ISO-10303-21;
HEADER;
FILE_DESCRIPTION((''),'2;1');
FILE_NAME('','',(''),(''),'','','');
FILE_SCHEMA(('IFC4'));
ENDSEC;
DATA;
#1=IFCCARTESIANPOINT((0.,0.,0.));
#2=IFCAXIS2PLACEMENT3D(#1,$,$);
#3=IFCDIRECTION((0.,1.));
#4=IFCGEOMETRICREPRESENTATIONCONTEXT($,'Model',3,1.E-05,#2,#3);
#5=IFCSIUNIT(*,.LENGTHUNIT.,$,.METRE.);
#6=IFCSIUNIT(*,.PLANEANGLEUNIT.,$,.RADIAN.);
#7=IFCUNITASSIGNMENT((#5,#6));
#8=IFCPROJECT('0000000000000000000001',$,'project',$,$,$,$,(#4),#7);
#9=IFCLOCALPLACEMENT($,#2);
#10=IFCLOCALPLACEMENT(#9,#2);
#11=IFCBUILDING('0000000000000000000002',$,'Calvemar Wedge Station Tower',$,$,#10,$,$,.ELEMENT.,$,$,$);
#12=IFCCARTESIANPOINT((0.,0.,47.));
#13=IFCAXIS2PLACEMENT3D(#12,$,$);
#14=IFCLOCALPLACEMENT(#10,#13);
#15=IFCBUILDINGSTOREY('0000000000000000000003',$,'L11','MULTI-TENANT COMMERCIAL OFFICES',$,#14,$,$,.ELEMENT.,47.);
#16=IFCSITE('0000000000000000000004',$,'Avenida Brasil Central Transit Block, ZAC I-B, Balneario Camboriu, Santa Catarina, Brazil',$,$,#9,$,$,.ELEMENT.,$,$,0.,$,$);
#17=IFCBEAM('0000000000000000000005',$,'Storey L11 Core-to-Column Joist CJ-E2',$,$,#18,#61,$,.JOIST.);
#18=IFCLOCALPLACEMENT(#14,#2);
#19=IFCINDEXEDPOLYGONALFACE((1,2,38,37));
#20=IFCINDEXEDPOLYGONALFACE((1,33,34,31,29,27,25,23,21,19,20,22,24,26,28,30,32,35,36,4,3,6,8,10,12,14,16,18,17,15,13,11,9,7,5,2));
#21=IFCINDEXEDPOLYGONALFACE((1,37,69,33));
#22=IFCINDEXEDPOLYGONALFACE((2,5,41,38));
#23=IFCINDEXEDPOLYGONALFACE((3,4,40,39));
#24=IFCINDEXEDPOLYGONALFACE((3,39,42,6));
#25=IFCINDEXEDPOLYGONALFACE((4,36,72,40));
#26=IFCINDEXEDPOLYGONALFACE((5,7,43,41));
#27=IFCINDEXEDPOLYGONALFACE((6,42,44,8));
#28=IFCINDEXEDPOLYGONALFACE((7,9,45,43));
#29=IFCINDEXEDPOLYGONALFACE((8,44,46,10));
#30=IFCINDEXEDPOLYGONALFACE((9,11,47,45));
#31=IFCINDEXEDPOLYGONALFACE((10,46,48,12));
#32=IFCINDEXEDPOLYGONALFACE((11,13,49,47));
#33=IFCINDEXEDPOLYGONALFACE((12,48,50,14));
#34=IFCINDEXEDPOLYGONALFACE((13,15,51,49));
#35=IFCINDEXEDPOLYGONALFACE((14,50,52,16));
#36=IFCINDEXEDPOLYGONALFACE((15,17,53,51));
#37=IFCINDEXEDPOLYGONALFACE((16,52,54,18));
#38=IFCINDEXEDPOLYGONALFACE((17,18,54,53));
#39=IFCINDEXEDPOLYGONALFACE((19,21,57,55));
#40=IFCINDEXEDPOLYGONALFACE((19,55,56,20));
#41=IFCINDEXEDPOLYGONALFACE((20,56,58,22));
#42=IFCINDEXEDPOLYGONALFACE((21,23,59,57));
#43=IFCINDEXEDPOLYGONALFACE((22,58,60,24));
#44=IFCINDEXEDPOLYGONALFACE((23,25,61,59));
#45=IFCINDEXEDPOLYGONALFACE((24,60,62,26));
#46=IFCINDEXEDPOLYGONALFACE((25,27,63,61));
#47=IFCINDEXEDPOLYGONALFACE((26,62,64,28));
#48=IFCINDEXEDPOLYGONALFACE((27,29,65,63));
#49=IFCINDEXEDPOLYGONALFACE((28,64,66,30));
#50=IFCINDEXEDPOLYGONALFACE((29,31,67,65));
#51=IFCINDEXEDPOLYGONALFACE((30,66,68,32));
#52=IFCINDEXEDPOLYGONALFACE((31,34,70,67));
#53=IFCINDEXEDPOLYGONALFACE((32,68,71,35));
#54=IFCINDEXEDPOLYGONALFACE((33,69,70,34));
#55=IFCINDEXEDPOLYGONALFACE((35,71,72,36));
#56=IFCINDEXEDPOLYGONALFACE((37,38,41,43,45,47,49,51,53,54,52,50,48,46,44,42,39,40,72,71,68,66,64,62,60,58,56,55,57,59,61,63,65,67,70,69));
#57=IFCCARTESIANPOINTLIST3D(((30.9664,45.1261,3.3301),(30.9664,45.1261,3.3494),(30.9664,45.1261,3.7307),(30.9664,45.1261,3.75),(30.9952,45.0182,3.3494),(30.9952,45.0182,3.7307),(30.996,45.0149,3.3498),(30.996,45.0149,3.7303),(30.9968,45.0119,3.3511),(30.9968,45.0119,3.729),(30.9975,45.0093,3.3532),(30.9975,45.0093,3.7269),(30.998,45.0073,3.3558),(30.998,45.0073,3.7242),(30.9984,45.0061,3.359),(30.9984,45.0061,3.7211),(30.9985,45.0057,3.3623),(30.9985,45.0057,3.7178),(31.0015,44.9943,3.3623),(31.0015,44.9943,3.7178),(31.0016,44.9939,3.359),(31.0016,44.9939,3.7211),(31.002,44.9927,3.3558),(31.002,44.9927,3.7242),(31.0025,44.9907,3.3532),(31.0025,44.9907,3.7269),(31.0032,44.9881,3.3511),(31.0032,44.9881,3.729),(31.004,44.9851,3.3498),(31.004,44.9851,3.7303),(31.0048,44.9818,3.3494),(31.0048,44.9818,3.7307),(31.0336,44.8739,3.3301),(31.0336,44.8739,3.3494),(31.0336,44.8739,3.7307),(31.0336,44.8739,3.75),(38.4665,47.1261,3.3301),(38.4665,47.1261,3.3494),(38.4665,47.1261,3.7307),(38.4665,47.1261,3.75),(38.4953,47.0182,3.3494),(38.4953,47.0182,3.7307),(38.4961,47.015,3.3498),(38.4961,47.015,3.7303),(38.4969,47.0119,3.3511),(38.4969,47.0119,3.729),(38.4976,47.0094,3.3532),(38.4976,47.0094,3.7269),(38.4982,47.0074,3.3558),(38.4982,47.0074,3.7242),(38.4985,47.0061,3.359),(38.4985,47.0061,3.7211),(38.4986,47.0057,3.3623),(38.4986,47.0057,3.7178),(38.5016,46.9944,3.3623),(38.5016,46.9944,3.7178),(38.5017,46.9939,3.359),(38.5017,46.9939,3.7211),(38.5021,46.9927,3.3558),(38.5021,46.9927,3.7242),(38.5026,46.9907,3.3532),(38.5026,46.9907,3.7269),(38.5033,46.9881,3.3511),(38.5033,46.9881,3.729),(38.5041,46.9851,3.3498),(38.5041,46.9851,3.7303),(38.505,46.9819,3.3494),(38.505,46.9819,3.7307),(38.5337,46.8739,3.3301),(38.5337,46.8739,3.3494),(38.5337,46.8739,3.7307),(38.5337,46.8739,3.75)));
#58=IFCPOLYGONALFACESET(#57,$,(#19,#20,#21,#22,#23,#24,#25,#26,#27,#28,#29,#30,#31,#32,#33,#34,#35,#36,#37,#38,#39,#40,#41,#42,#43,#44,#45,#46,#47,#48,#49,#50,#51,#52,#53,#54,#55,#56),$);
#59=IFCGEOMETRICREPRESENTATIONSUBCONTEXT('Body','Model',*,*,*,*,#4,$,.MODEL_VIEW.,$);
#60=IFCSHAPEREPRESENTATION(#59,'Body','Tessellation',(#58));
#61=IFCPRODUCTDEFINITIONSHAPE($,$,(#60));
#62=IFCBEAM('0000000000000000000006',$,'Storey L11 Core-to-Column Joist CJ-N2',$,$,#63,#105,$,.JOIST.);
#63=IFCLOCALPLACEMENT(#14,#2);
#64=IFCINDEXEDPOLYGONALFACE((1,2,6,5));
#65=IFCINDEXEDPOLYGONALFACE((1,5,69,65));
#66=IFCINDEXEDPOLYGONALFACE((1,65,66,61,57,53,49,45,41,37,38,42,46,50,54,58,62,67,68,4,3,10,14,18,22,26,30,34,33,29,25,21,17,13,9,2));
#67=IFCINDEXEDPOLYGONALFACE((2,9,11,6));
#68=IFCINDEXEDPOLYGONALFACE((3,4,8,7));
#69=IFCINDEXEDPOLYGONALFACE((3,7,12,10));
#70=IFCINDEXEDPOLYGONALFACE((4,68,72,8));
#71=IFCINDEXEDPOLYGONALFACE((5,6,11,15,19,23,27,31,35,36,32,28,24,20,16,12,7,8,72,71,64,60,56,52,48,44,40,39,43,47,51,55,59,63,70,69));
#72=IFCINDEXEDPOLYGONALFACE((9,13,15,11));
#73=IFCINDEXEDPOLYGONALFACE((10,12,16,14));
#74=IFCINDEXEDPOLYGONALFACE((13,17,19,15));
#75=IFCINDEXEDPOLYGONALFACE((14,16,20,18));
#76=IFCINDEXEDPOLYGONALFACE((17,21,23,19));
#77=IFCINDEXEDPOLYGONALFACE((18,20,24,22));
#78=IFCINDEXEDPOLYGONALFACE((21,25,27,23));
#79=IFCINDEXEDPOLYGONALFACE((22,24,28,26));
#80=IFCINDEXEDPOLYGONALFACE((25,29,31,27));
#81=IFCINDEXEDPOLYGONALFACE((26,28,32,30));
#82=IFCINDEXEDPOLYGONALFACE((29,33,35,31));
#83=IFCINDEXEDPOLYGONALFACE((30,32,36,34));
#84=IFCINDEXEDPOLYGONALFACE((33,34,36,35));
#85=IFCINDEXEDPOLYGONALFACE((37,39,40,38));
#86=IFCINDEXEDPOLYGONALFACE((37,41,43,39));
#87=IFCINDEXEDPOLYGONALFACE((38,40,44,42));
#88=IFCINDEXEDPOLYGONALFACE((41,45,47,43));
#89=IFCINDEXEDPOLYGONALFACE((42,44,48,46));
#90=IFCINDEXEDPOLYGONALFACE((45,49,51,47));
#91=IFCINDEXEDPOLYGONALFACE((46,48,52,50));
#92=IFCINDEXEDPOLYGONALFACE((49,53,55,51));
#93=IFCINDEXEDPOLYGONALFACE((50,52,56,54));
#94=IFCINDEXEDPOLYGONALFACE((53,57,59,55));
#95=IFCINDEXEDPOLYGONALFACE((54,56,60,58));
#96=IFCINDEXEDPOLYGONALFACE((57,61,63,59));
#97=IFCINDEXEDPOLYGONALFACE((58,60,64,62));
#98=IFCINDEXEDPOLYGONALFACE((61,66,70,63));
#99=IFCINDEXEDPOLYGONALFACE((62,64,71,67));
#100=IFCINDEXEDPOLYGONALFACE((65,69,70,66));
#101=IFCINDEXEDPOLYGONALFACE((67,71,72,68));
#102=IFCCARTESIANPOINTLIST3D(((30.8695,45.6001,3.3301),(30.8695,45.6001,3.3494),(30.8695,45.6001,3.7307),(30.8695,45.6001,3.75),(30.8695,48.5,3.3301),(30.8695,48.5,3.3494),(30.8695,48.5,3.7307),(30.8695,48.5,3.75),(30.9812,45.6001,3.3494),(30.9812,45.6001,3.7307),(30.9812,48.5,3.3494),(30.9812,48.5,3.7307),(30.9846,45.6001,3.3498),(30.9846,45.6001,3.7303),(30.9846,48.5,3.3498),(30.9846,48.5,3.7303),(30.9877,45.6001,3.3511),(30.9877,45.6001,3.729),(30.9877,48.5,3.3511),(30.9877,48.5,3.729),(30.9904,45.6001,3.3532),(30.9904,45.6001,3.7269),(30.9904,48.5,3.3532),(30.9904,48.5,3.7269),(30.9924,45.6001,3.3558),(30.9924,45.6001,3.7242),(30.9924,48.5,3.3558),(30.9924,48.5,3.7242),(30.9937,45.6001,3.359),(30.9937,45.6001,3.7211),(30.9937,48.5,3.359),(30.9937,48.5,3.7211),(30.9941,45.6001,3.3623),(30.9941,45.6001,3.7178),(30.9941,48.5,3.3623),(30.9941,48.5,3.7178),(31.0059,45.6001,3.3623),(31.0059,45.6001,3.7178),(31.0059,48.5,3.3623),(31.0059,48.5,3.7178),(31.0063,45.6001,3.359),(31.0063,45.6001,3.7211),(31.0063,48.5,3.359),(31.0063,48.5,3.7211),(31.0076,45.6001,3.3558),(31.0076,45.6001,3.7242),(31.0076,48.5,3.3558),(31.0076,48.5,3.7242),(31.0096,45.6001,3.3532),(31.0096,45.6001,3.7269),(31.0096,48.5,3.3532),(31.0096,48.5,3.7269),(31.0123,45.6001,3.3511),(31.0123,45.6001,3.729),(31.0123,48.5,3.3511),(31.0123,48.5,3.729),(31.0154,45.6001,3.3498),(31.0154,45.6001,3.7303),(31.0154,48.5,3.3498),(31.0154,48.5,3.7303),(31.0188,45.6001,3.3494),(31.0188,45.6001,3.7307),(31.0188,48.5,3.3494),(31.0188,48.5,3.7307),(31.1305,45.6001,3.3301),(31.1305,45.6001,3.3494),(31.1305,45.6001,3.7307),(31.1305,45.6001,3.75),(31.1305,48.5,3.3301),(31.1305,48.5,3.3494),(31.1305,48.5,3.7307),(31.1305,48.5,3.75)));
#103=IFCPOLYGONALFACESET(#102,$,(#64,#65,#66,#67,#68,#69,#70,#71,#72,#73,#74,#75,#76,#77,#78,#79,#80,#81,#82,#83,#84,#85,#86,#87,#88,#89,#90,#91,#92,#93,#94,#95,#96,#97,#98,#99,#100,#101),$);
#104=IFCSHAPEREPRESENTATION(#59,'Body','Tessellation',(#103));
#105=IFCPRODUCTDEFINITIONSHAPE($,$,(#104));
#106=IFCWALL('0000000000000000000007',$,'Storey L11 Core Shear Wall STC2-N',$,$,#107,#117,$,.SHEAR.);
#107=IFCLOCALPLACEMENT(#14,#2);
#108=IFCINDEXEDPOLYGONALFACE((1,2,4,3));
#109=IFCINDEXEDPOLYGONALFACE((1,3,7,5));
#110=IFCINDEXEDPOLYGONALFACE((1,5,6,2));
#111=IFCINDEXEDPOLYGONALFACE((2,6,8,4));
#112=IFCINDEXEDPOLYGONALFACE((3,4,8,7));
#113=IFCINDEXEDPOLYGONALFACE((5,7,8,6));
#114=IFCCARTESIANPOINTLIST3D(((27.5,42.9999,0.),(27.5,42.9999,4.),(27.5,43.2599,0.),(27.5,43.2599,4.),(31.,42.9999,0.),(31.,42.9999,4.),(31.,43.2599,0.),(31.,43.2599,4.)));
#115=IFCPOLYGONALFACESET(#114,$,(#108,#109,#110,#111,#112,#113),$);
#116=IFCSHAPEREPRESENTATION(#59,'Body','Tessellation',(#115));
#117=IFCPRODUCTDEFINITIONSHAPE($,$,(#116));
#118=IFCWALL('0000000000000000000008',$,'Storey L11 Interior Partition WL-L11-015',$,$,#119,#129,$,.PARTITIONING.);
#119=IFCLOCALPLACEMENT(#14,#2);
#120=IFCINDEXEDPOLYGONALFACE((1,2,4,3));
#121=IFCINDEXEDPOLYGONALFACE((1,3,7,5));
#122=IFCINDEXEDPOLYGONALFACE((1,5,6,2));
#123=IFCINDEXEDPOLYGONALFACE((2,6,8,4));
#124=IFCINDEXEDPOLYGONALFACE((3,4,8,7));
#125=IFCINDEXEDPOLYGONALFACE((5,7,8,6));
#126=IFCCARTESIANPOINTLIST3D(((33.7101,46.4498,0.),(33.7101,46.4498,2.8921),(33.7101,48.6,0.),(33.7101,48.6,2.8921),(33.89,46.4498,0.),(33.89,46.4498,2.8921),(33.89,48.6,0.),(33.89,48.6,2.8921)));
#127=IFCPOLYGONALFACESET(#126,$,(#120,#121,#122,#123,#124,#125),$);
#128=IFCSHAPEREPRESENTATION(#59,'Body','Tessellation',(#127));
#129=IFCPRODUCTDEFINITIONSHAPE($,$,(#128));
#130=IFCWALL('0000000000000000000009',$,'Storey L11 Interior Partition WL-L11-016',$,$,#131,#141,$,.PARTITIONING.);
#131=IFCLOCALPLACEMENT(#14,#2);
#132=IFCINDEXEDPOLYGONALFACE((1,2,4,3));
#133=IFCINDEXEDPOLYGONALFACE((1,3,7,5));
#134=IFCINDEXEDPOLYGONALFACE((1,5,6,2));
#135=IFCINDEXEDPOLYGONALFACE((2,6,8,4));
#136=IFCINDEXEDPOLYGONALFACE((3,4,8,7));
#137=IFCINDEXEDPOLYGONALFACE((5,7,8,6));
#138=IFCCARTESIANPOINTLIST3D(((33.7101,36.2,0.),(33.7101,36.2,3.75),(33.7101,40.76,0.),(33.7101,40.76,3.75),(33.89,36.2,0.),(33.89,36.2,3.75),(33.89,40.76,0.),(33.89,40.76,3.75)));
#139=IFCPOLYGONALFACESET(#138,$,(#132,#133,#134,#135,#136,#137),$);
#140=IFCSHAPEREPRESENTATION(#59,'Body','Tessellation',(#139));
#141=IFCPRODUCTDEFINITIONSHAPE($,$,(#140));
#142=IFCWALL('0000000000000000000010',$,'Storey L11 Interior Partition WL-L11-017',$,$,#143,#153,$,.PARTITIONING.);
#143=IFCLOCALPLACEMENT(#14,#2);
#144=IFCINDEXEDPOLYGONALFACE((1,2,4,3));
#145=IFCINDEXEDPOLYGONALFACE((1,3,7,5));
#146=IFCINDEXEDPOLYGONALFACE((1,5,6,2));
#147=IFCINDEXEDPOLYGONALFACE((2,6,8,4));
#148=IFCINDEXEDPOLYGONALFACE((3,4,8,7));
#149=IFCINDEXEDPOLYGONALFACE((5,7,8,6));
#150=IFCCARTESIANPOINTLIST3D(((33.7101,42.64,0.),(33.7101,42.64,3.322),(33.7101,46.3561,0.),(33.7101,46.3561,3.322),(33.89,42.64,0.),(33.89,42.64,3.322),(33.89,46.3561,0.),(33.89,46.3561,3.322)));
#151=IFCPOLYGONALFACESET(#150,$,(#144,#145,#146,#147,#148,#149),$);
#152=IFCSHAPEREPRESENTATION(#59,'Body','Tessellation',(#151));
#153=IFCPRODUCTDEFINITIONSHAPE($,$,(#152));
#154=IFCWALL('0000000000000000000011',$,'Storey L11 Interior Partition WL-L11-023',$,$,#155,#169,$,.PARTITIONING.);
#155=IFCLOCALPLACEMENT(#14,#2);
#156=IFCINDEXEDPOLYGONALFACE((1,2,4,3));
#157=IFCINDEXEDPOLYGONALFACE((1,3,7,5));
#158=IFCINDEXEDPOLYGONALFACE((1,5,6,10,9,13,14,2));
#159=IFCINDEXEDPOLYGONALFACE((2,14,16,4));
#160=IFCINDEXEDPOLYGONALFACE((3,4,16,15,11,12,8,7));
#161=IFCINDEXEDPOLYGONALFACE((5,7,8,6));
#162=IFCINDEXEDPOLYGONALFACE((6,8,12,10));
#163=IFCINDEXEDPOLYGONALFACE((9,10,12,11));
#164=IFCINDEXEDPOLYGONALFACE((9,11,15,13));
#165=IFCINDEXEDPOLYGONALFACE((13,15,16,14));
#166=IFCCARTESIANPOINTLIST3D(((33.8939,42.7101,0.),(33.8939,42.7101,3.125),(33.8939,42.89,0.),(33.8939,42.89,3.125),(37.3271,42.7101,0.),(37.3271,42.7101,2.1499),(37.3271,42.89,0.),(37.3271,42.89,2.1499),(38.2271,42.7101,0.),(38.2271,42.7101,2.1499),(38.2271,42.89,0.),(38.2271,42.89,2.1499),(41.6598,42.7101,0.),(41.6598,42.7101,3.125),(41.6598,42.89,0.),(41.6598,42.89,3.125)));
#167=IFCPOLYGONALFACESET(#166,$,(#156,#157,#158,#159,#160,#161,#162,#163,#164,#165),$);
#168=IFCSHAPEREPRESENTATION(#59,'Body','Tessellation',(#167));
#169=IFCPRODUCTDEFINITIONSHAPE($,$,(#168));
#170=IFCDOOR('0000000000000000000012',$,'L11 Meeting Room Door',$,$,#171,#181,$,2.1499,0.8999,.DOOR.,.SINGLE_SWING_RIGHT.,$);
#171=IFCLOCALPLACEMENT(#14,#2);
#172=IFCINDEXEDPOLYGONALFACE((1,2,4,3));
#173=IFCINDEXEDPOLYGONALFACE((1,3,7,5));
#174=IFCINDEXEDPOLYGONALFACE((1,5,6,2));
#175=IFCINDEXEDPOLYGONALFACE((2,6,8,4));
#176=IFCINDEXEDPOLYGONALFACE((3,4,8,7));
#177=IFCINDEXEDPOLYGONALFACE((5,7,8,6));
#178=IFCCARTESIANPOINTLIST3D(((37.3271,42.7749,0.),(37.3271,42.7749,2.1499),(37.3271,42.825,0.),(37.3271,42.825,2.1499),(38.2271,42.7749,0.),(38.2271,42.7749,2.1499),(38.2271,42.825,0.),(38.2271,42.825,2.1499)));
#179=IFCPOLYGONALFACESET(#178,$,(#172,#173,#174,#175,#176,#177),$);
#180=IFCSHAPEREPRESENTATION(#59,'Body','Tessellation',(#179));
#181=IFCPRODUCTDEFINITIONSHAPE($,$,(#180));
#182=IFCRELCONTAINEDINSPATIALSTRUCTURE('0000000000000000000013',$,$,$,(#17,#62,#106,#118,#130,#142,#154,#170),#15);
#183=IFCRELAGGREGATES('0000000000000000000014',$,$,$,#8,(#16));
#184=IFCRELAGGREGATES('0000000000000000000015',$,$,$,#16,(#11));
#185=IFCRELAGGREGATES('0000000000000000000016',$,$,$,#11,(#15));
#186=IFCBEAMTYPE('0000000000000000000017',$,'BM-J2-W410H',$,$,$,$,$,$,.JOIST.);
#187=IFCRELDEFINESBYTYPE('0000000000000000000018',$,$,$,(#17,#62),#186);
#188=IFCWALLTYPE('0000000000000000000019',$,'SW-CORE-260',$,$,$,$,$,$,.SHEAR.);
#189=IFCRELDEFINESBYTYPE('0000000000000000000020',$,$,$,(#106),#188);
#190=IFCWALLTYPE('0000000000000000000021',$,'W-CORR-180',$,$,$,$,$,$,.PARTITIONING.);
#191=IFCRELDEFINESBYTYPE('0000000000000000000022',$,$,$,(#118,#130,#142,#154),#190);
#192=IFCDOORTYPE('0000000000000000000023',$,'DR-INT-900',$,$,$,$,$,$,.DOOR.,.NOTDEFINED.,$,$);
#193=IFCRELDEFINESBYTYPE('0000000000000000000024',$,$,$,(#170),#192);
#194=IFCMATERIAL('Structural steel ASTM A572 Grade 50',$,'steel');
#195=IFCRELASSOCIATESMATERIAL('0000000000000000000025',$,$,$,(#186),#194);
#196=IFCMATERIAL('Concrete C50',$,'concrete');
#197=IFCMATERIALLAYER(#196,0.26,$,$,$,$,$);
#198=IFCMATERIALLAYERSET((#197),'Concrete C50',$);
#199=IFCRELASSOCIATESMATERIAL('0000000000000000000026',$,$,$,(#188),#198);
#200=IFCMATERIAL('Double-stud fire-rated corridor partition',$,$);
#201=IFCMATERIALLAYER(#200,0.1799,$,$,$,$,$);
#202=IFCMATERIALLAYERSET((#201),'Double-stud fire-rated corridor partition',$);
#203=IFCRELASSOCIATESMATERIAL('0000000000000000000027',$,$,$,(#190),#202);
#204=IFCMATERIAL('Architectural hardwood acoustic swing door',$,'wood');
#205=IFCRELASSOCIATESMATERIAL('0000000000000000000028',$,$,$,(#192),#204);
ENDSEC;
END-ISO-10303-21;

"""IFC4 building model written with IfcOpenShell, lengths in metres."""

from ifc_helpers import new_model, si_unit, direction, frame, frame_2d, origin, origin_2d, place, context, subcontext, project, spatial, rectangle, i_section, extrude, source, transform, mapped, material, layer, layer_set, material_profile, profile_set, type_object, element, fill, save


model = new_model("IFC4")

# Units and contexts
model_context = context("Model", 3, precision=1e-05, world=origin(), true_north=direction((0.0, 1.0)))
body_context = subcontext(model_context, "Body", "Model", "MODEL_VIEW")
ifc_project = project(units=[si_unit("LENGTHUNIT", "METRE"), si_unit("PLANEANGLEUNIT", "RADIAN")], contexts=[model_context])

# Site, building, storey
site_placement = place(None, origin())
site = spatial("IfcSite", under=ifc_project, at=site_placement, Name="Avenida Brasil Central Transit Block, ZAC I-B, Balneario Camboriu, Santa Catarina, Brazil", CompositionType="ELEMENT", RefElevation=0.0)
building_placement = place(site_placement, origin())
building = spatial("IfcBuilding", under=site, at=building_placement, Name="Calvemar Wedge Station Tower", CompositionType="ELEMENT")
storey_placement = place(building_placement, frame((0.0, 0.0, 47.0)))
storey = spatial("IfcBuildingStorey", under=building, at=storey_placement, Name="L11", Description="MULTI-TENANT COMMERCIAL OFFICES", CompositionType="ELEMENT", Elevation=47.0)

# Beams
ifc_material_1 = material(Name="Structural steel ASTM A572 Grade 50", Category="steel")
ifc_material_profile_1 = material_profile(ifc_material_1, i_section(OverallWidth=0.261, OverallDepth=0.4199, WebThickness=0.0117, FlangeThickness=0.0193, FilletRadius=0.0129, at=origin_2d()), Name="W410x114")
ifc_profile_set_1 = profile_set([ifc_material_profile_1], Name="Structural steel ASTM A572 Grade 50")
beam_type_1 = type_object("IfcBeamType", Name="BM-J2-W410H", PredefinedType="JOIST", material=ifc_profile_set_1)
shared_shape_1 = source(origin(), body_context, "Body", "SweptSolid", [
    extrude(i_section(OverallWidth=0.261, OverallDepth=0.4199, WebThickness=0.0117, FlangeThickness=0.0193, FilletRadius=0.0129, at=origin_2d()), origin(), (0.0, 0.0, 1.0), 7.7622),
])
beam_1_placement = place(storey_placement, frame((31.0, 45.0, 3.54), z_axis=(0.966235, 0.257663, 0.0), x_axis=(-0.257663, 0.966235, 0.0)))
element("IfcBeam", 1, at=beam_1_placement, inside=storey, type_object=beam_type_1, Name="Storey L11 Core-to-Column Joist CJ-E2", PredefinedType="JOIST", context=body_context, shape_type="MappedRepresentation", body=[
    mapped(shared_shape_1, transform((0.0, 0.0, 0.0), scale=1.0)),
])
shared_shape_2 = source(origin(), body_context, "Body", "SweptSolid", [
    extrude(i_section(OverallWidth=0.261, OverallDepth=0.4199, WebThickness=0.0117, FlangeThickness=0.0193, FilletRadius=0.0129, at=origin_2d()), origin(), (0.0, 0.0, 1.0), 2.8999),
])
beam_2_placement = place(storey_placement, frame((31.0, 45.6001, 3.54), z_axis=(0.0, 1.0, 0.0), x_axis=(-1.0, 0.0, 0.0)))
element("IfcBeam", 2, at=beam_2_placement, inside=storey, type_object=beam_type_1, Name="Storey L11 Core-to-Column Joist CJ-N2", PredefinedType="JOIST", context=body_context, shape_type="MappedRepresentation", body=[
    mapped(shared_shape_2, transform((0.0, 0.0, 0.0), scale=1.0)),
])

# Walls
ifc_material_2 = material(Name="Concrete C50", Category="concrete")
ifc_layer_1 = layer(ifc_material_2, 0.26)
ifc_layer_set_1 = layer_set([ifc_layer_1], Name="Concrete C50")
wall_type_1 = type_object("IfcWallType", Name="SW-CORE-260", PredefinedType="SHEAR", material=ifc_layer_set_1)
wall_1_placement = place(storey_placement, frame((27.5, 43.1299, 0.0), z_axis=(0.0, 0.0, 1.0), x_axis=(1.0, 0.0, 0.0)))
element("IfcWall", 3, at=wall_1_placement, inside=storey, type_object=wall_type_1, Name="Storey L11 Core Shear Wall STC2-N", PredefinedType="SHEAR", context=body_context, shape_type="SweptSolid", body=[
    extrude(rectangle(XDim=3.5, YDim=0.26, at=frame_2d((1.75, 0.0))), origin(), (0.0, 0.0, 1.0), 4.0),
])
ifc_material_3 = material(Name="Double-stud fire-rated corridor partition")
ifc_layer_2 = layer(ifc_material_3, 0.1799)
ifc_layer_set_2 = layer_set([ifc_layer_2], Name="Double-stud fire-rated corridor partition")
wall_type_2 = type_object("IfcWallType", Name="W-CORR-180", PredefinedType="PARTITIONING", material=ifc_layer_set_2)
wall_2_placement = place(storey_placement, frame((33.8, 48.6001, 0.0), z_axis=(0.0, 0.0, 1.0), x_axis=(0.0, -1.0, 0.0)))
element("IfcWall", 4, at=wall_2_placement, inside=storey, type_object=wall_type_2, Name="Storey L11 Interior Partition WL-L11-015", PredefinedType="PARTITIONING", context=body_context, shape_type="SweptSolid", body=[
    extrude(rectangle(XDim=2.1501, YDim=0.1799, at=frame_2d((1.0752, 0.0))), origin(), (0.0, 0.0, 1.0), 2.8921),
])
wall_3_placement = place(storey_placement, frame((33.8, 40.76, 0.0), z_axis=(0.0, 0.0, 1.0), x_axis=(0.0, -1.0, 0.0)))
element("IfcWall", 5, at=wall_3_placement, inside=storey, type_object=wall_type_2, Name="Storey L11 Interior Partition WL-L11-016", PredefinedType="PARTITIONING", context=body_context, shape_type="SweptSolid", body=[
    extrude(rectangle(XDim=4.5601, YDim=0.1799, at=frame_2d((2.28, 0.0))), origin(), (0.0, 0.0, 1.0), 3.75),
])
wall_4_placement = place(storey_placement, frame((33.8, 46.356, 0.0), z_axis=(0.0, 0.0, 1.0), x_axis=(0.0, -1.0, 0.0)))
element("IfcWall", 6, at=wall_4_placement, inside=storey, type_object=wall_type_2, Name="Storey L11 Interior Partition WL-L11-017", PredefinedType="PARTITIONING", context=body_context, shape_type="SweptSolid", body=[
    extrude(rectangle(XDim=3.7161, YDim=0.1799, at=frame_2d((1.8579, 0.0))), origin(), (0.0, 0.0, 1.0), 3.322),
])

# Wall, opening, door
wall_5_placement = place(storey_placement, frame((33.894, 42.8, 0.0), z_axis=(0.0, 0.0, 1.0), x_axis=(1.0, 0.0, 0.0)))
wall_5 = element("IfcWall", 7, at=wall_5_placement, inside=storey, type_object=wall_type_2, Name="Storey L11 Interior Partition WL-L11-023", PredefinedType="PARTITIONING", context=body_context, shape_type="SweptSolid", body=[
    extrude(rectangle(XDim=7.7659, YDim=0.1799, at=frame_2d((3.8828, 0.0))), origin(), (0.0, 0.0, 1.0), 3.125),
])
shared_shape_3 = source(origin(), body_context, "Body", "SweptSolid", [
    extrude(rectangle(XDim=0.8999, YDim=2.1499, at=frame_2d((0.45, 1.075))), frame((0.0, 0.1001, 0.0), z_axis=(0.0, -1.0, 0.0), x_axis=(1.0, 0.0, 0.0)), (0.0, 0.0, 1.0), 0.2),
])
opening_placement = place(wall_5_placement, frame((3.4331, 0.0, 0.0)))
opening = element("IfcOpeningElement", 8, at=opening_placement, cuts=wall_5, PredefinedType="OPENING", context=body_context, shape_type="MappedRepresentation", body=[
    mapped(shared_shape_3, transform((0.0, 0.0, 0.0), scale=1.0)),
])
ifc_material_4 = material(Name="Architectural hardwood acoustic swing door", Category="wood")
door_type = type_object("IfcDoorType", Name="DR-INT-900", OperationType="NOTDEFINED", PredefinedType="DOOR", material=ifc_material_4)
shared_shape_4 = source(origin(), body_context, "Body", "SweptSolid", [
    extrude(rectangle(XDim=0.8999, YDim=2.1499, at=frame_2d((0.45, 1.075))), frame((0.0, 0.0249, 0.0), z_axis=(0.0, -1.0, 0.0), x_axis=(1.0, 0.0, 0.0)), (0.0, 0.0, 1.0), 0.05),
])
door_placement = place(opening_placement, origin())
door = element("IfcDoor", 9, at=door_placement, inside=storey, type_object=door_type, Name="L11 Meeting Room Door", OperationType="SINGLE_SWING_RIGHT", OverallHeight=2.1499, OverallWidth=0.8999, PredefinedType="DOOR", context=body_context, shape_type="MappedRepresentation", body=[
    mapped(shared_shape_4, transform((0.0, 0.0, 0.0), scale=1.0)),
])
fill(opening, door)

save(model, "model.ifc")
